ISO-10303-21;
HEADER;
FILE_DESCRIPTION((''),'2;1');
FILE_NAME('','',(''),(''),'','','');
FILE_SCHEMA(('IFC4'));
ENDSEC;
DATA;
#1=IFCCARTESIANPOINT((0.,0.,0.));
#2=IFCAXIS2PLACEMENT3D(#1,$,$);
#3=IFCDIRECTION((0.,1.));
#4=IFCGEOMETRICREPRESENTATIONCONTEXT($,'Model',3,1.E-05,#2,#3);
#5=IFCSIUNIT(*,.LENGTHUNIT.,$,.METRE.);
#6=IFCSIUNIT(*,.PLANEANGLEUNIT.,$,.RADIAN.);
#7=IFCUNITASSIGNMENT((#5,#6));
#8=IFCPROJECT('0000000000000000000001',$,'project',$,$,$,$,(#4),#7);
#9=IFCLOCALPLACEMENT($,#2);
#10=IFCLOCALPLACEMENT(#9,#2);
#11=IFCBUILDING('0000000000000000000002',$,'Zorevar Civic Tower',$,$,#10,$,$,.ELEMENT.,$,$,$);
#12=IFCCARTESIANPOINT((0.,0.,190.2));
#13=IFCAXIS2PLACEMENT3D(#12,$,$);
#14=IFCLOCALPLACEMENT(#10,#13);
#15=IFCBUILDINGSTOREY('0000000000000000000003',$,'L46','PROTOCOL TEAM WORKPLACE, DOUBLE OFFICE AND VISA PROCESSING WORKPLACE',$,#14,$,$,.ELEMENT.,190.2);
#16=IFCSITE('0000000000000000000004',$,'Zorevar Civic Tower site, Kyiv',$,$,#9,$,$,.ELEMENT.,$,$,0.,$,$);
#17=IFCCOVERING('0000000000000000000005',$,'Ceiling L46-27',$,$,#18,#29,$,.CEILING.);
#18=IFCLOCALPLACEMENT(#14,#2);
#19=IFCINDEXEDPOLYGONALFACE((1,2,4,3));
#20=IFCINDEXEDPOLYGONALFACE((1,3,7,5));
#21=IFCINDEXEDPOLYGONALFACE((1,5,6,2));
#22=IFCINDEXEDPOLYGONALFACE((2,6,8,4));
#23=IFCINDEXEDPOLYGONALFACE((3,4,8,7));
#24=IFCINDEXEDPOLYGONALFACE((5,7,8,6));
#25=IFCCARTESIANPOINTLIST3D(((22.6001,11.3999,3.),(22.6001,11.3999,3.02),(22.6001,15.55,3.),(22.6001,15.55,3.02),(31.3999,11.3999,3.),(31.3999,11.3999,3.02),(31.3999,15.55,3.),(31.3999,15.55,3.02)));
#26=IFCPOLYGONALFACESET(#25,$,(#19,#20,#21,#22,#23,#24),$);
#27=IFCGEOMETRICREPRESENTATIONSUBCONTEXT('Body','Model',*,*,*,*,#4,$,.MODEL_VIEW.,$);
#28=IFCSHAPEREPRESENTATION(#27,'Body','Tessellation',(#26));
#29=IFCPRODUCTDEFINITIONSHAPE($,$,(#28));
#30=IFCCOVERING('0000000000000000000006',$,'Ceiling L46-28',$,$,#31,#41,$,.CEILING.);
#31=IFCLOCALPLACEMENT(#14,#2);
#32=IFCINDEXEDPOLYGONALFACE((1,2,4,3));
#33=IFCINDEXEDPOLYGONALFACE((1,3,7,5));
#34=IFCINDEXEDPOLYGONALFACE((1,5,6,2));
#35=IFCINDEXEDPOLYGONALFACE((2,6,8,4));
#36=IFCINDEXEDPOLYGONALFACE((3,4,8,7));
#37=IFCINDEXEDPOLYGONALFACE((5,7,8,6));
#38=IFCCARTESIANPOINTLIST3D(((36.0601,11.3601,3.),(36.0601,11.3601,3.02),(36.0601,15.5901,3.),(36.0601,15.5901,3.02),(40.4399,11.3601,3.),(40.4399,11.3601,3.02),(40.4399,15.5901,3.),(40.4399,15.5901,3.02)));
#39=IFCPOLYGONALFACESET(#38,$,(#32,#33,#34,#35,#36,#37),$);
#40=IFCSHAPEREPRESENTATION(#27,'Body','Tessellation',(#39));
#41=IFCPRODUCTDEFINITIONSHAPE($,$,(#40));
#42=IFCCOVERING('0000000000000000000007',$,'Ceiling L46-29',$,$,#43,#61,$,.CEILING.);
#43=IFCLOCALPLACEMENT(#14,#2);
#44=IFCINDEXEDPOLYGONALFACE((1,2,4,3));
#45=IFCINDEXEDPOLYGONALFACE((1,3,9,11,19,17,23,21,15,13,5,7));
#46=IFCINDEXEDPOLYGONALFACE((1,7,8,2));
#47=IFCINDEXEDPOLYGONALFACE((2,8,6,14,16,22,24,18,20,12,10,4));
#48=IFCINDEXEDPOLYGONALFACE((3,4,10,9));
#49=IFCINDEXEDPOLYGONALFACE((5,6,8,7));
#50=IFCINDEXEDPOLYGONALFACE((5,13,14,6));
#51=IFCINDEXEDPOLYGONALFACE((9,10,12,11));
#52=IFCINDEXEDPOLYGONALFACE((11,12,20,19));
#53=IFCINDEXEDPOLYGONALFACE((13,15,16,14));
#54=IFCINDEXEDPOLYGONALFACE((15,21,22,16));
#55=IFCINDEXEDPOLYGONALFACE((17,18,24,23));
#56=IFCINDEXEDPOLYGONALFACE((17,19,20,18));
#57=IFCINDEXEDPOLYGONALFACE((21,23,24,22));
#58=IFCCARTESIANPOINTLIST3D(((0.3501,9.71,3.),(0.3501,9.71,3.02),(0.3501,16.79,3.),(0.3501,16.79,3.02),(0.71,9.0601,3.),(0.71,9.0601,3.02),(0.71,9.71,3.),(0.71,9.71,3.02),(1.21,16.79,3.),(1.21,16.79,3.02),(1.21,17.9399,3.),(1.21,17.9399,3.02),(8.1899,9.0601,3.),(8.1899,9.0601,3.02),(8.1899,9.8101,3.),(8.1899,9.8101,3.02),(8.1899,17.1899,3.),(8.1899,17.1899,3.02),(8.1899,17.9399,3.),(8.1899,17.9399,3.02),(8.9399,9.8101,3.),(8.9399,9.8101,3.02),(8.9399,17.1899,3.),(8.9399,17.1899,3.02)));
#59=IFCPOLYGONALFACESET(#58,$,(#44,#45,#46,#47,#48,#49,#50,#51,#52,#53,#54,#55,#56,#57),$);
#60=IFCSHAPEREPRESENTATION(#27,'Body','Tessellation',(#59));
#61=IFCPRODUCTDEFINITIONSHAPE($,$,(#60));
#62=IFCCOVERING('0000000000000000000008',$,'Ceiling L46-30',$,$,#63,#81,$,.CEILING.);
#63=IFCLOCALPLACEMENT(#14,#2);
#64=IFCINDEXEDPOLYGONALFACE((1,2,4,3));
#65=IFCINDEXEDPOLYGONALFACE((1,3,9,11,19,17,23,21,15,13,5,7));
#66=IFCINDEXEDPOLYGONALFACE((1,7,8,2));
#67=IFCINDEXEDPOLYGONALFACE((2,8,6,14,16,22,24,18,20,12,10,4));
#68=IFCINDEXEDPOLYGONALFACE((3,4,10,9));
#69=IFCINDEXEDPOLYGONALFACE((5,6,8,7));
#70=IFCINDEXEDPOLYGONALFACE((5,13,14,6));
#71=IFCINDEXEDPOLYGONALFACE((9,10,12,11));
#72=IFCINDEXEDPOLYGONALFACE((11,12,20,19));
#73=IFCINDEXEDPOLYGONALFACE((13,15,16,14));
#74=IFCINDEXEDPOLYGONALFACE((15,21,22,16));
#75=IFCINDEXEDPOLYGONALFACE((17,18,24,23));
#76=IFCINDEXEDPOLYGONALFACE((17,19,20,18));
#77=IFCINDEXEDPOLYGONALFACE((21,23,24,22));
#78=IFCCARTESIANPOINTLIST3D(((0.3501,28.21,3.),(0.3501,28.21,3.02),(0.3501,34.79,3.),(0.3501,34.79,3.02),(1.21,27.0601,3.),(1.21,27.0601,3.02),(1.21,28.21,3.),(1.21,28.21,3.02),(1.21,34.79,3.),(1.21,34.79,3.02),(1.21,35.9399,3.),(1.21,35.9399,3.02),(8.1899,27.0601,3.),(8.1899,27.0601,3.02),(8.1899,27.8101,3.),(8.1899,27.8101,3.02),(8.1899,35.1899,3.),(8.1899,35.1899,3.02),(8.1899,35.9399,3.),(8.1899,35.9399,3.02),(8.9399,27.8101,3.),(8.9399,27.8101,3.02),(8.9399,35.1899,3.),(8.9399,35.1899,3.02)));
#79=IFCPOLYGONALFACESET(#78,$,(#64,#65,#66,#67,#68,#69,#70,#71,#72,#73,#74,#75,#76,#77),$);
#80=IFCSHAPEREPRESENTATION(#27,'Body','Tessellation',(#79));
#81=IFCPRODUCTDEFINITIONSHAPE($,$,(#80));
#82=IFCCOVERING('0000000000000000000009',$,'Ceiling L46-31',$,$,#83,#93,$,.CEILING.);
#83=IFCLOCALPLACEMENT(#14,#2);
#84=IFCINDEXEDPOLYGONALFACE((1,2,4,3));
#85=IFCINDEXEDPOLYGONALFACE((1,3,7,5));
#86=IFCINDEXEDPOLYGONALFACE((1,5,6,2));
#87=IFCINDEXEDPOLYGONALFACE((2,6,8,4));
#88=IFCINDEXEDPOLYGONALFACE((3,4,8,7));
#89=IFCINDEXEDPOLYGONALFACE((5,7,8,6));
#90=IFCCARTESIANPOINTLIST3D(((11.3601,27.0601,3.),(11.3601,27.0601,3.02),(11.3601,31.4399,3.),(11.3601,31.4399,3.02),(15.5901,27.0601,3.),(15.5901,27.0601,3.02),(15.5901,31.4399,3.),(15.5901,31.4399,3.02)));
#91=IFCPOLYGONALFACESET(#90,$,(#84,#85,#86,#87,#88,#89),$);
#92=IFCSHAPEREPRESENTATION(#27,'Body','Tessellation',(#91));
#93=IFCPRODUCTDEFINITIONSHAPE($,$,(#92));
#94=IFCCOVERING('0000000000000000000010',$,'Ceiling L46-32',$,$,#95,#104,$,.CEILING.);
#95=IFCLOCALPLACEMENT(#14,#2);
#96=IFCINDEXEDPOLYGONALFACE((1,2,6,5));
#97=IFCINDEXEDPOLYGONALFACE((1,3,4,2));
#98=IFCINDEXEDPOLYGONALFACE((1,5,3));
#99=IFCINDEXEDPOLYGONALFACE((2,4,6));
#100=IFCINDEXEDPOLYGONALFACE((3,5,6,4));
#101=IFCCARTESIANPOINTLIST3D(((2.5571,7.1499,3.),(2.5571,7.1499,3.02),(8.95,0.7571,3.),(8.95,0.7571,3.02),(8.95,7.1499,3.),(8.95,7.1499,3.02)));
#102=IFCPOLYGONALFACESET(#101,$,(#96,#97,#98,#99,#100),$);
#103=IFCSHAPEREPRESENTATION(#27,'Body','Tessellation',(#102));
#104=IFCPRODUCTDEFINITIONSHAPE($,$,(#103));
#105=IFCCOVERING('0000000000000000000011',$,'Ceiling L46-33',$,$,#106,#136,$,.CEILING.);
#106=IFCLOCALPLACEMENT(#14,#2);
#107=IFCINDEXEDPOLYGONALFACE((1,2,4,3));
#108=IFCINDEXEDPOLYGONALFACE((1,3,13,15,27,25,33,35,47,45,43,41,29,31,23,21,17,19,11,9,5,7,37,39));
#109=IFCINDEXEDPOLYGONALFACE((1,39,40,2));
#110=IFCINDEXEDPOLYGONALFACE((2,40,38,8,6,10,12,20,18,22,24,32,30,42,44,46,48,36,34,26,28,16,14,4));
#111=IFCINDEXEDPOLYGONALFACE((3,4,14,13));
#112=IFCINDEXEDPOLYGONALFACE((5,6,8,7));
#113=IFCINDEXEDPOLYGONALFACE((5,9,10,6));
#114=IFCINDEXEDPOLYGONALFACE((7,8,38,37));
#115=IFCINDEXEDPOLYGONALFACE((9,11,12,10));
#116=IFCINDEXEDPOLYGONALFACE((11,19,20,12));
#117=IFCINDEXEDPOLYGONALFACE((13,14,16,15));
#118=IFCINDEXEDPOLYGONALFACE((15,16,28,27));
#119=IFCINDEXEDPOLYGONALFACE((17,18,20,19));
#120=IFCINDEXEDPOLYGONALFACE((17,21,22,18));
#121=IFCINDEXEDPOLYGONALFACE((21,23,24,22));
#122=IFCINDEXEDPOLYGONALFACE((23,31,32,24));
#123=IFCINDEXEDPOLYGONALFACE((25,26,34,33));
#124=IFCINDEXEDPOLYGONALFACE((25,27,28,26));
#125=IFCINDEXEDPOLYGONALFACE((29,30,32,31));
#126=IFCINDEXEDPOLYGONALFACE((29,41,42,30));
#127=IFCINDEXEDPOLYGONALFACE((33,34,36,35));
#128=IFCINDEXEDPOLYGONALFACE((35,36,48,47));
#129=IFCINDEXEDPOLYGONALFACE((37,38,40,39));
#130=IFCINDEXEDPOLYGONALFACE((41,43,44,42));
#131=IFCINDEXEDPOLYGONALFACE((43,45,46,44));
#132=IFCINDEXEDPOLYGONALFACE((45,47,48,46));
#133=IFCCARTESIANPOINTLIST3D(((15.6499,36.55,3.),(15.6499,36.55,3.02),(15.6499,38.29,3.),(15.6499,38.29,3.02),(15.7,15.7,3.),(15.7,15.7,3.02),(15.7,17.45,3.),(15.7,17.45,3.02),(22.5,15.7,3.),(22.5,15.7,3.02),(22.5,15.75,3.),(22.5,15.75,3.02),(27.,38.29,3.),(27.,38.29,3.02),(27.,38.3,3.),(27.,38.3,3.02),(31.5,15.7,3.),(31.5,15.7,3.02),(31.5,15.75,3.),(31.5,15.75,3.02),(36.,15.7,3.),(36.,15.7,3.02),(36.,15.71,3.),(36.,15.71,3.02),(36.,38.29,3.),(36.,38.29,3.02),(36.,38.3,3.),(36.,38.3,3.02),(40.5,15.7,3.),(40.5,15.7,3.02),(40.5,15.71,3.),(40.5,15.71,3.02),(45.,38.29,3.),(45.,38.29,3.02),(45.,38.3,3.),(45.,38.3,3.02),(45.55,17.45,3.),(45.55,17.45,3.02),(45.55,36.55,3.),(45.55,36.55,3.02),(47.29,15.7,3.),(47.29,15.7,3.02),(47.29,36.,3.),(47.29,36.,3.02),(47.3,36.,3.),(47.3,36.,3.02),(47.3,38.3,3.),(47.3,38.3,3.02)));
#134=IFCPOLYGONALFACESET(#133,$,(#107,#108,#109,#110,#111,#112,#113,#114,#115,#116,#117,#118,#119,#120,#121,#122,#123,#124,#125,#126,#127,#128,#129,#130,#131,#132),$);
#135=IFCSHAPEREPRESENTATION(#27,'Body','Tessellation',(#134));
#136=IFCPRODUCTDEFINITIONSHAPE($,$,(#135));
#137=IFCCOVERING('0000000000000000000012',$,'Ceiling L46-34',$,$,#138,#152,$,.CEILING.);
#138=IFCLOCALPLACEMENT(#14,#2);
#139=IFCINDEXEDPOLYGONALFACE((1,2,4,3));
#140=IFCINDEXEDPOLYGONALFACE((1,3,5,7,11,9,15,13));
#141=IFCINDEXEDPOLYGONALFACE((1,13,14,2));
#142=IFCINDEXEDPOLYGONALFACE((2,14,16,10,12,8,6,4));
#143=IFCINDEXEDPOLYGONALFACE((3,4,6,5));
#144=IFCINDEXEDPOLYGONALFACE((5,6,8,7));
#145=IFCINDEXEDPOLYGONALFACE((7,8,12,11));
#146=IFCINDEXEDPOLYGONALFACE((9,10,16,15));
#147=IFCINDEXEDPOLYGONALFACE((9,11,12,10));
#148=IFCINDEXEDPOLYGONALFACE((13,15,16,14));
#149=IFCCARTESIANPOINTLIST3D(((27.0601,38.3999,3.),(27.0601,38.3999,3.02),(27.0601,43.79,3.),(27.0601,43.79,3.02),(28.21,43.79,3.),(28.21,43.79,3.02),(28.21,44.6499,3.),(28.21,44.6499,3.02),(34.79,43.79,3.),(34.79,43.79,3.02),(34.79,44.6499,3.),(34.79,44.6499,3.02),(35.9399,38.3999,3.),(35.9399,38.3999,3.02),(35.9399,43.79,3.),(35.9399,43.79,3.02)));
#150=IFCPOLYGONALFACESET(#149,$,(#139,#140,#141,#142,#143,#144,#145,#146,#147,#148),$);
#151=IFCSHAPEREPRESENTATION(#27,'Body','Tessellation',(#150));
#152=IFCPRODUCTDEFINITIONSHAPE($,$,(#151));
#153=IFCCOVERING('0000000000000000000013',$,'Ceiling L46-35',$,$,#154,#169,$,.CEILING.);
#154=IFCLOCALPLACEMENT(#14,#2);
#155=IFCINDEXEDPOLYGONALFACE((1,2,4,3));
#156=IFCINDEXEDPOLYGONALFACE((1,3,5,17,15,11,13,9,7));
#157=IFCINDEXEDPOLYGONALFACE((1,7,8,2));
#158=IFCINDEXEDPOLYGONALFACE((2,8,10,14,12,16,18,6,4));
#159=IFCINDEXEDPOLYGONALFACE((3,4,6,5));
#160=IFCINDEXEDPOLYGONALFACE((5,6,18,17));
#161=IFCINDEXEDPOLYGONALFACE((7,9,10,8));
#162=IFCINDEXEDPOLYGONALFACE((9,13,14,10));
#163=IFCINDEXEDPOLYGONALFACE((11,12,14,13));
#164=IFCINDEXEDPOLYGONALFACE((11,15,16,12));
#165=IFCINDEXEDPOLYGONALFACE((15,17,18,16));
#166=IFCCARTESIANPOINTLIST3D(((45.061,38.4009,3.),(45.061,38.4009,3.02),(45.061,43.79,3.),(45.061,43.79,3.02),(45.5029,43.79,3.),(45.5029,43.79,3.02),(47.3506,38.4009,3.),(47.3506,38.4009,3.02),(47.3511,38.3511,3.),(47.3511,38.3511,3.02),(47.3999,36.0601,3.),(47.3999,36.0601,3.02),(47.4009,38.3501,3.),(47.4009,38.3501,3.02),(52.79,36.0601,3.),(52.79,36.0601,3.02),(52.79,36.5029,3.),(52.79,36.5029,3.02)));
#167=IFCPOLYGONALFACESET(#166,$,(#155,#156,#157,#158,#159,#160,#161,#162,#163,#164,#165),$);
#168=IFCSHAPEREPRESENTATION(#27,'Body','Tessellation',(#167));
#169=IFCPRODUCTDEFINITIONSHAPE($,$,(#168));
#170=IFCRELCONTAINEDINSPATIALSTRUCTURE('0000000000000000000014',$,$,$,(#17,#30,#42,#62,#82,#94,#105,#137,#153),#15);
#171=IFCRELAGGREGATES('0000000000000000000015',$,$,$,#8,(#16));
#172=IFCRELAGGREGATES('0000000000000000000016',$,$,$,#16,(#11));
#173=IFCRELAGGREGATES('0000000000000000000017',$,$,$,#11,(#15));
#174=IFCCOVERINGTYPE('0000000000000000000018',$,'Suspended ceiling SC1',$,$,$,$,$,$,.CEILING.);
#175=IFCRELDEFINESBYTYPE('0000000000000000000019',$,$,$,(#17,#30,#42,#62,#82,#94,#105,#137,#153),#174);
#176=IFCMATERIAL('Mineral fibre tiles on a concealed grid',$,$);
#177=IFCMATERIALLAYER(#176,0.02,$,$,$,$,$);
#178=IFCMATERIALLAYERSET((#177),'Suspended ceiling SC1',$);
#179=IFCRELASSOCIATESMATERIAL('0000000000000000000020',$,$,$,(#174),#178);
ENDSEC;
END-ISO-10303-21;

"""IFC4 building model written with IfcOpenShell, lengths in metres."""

from ifc_helpers import new_model, si_unit, direction, frame, origin, place, context, subcontext, project, spatial, polyline, outline, extrude, material, layer, layer_set, type_object, element, save


model = new_model("IFC4")

# Units and contexts
model_context = context("Model", 3, precision=1e-05, world=origin(), true_north=direction((0.0, 1.0)))
body_context = subcontext(model_context, "Body", "Model", "MODEL_VIEW")
ifc_project = project(units=[si_unit("LENGTHUNIT", "METRE"), si_unit("PLANEANGLEUNIT", "RADIAN")], contexts=[model_context])

# Site, building, storey
site_placement = place(None, origin())
site = spatial("IfcSite", under=ifc_project, at=site_placement, Name="Zorevar Civic Tower site, Kyiv", CompositionType="ELEMENT", RefElevation=0.0)
building_placement = place(site_placement, origin())
building = spatial("IfcBuilding", under=site, at=building_placement, Name="Zorevar Civic Tower", CompositionType="ELEMENT")
storey_placement = place(building_placement, frame((0.0, 0.0, 190.2)))
storey = spatial("IfcBuildingStorey", under=building, at=storey_placement, Name="L46", Description="PROTOCOL TEAM WORKPLACE, DOUBLE OFFICE AND VISA PROCESSING WORKPLACE", CompositionType="ELEMENT", Elevation=190.2)

# Coverings
ifc_material_1 = material(Name="Mineral fibre tiles on a concealed grid")
ifc_layer_1 = layer(ifc_material_1, 0.02)
ifc_layer_set_1 = layer_set([ifc_layer_1], Name="Suspended ceiling SC1")
covering_type_1 = type_object("IfcCoveringType", Name="Suspended ceiling SC1", PredefinedType="CEILING", material=ifc_layer_set_1)
covering_1_placement = place(storey_placement, frame((0.0, 0.0, 3.0)))
element("IfcCovering", 1, at=covering_1_placement, inside=storey, type_object=covering_type_1, Name="Ceiling L46-27", PredefinedType="CEILING", context=body_context, shape_type="SweptSolid", body=[
    extrude(outline(polyline([(22.6001, 15.55), (31.3999, 15.55), (31.3999, 11.3999), (22.6001, 11.3999), (22.6001, 15.55)])), origin(), (0.0, 0.0, 1.0), 0.02),
])
covering_2_placement = place(storey_placement, frame((0.0, 0.0, 3.0)))
element("IfcCovering", 2, at=covering_2_placement, inside=storey, type_object=covering_type_1, Name="Ceiling L46-28", PredefinedType="CEILING", context=body_context, shape_type="SweptSolid", body=[
    extrude(outline(polyline([(36.0601, 15.5901), (40.4399, 15.5901), (40.4399, 11.3601), (36.0601, 11.3601), (36.0601, 15.5901)])), origin(), (0.0, 0.0, 1.0), 0.02),
])
covering_3_placement = place(storey_placement, frame((0.0, 0.0, 3.0)))
element("IfcCovering", 3, at=covering_3_placement, inside=storey, type_object=covering_type_1, Name="Ceiling L46-29", PredefinedType="CEILING", context=body_context, shape_type="SweptSolid", body=[
    extrude(outline(polyline([(8.9399, 9.8101), (8.1899, 9.8101), (8.1899, 9.0601), (0.71, 9.0601), (0.71, 9.71), (0.3501, 9.71), (0.3501, 16.79), (1.21, 16.79), (1.21, 17.9399), (8.1899, 17.9399), (8.1899, 17.1899), (8.9399, 17.1899), (8.9399, 9.8101)])), origin(), (0.0, 0.0, 1.0), 0.02),
])
covering_4_placement = place(storey_placement, frame((0.0, 0.0, 3.0)))
element("IfcCovering", 4, at=covering_4_placement, inside=storey, type_object=covering_type_1, Name="Ceiling L46-30", PredefinedType="CEILING", context=body_context, shape_type="SweptSolid", body=[
    extrude(outline(polyline([(8.9399, 27.8101), (8.1899, 27.8101), (8.1899, 27.0601), (1.21, 27.0601), (1.21, 28.21), (0.3501, 28.21), (0.3501, 34.79), (1.21, 34.79), (1.21, 35.9399), (8.1899, 35.9399), (8.1899, 35.1899), (8.9399, 35.1899), (8.9399, 27.8101)])), origin(), (0.0, 0.0, 1.0), 0.02),
])
covering_5_placement = place(storey_placement, frame((0.0, 0.0, 3.0)))
element("IfcCovering", 5, at=covering_5_placement, inside=storey, type_object=covering_type_1, Name="Ceiling L46-31", PredefinedType="CEILING", context=body_context, shape_type="SweptSolid", body=[
    extrude(outline(polyline([(11.3601, 27.0601), (11.3601, 31.4399), (15.5901, 31.4399), (15.5901, 27.0601), (11.3601, 27.0601)])), origin(), (0.0, 0.0, 1.0), 0.02),
])
covering_6_placement = place(storey_placement, frame((0.0, 0.0, 3.0)))
element("IfcCovering", 6, at=covering_6_placement, inside=storey, type_object=covering_type_1, Name="Ceiling L46-32", PredefinedType="CEILING", context=body_context, shape_type="SweptSolid", body=[
    extrude(outline(polyline([(8.95, 7.1499), (8.95, 0.7571), (2.5571, 7.1499), (8.95, 7.1499)])), origin(), (0.0, 0.0, 1.0), 0.02),
])
covering_7_placement = place(storey_placement, frame((0.0, 0.0, 3.0)))
element("IfcCovering", 7, at=covering_7_placement, inside=storey, type_object=covering_type_1, Name="Ceiling L46-33", PredefinedType="CEILING", context=body_context, shape_type="SweptSolid", body=[
    extrude(outline(polyline([(15.6499, 38.29), (27.0, 38.29), (27.0, 38.3), (36.0, 38.3), (36.0, 38.29), (45.0, 38.29), (45.0, 38.3), (47.3, 38.3), (47.3, 36.0), (47.29, 36.0), (47.29, 15.7), (40.5, 15.7), (40.5, 15.71), (36.0, 15.71), (36.0, 15.7), (31.5, 15.7), (31.5, 15.75), (22.5, 15.75), (22.5, 15.7), (15.7, 15.7), (15.7, 17.45), (45.55, 17.45), (45.55, 36.55), (15.6499, 36.55), (15.6499, 38.29)])), origin(), (0.0, 0.0, 1.0), 0.02),
])
covering_8_placement = place(storey_placement, frame((0.0, 0.0, 3.0)))
element("IfcCovering", 8, at=covering_8_placement, inside=storey, type_object=covering_type_1, Name="Ceiling L46-34", PredefinedType="CEILING", context=body_context, shape_type="SweptSolid", body=[
    extrude(outline(polyline([(35.9399, 38.3999), (27.0601, 38.3999), (27.0601, 43.79), (28.21, 43.79), (28.21, 44.6499), (34.79, 44.6499), (34.79, 43.79), (35.9399, 43.79), (35.9399, 38.3999)])), origin(), (0.0, 0.0, 1.0), 0.02),
])
covering_9_placement = place(storey_placement, frame((0.0, 0.0, 3.0)))
element("IfcCovering", 9, at=covering_9_placement, inside=storey, type_object=covering_type_1, Name="Ceiling L46-35", PredefinedType="CEILING", context=body_context, shape_type="SweptSolid", body=[
    extrude(outline(polyline([(47.3506, 38.4009), (45.061, 38.4009), (45.061, 43.79), (45.5029, 43.79), (52.79, 36.5029), (52.79, 36.0601), (47.3999, 36.0601), (47.4009, 38.3501), (47.3511, 38.3511), (47.3506, 38.4009)])), origin(), (0.0, 0.0, 1.0), 0.02),
])

save(model, "model.ifc")
